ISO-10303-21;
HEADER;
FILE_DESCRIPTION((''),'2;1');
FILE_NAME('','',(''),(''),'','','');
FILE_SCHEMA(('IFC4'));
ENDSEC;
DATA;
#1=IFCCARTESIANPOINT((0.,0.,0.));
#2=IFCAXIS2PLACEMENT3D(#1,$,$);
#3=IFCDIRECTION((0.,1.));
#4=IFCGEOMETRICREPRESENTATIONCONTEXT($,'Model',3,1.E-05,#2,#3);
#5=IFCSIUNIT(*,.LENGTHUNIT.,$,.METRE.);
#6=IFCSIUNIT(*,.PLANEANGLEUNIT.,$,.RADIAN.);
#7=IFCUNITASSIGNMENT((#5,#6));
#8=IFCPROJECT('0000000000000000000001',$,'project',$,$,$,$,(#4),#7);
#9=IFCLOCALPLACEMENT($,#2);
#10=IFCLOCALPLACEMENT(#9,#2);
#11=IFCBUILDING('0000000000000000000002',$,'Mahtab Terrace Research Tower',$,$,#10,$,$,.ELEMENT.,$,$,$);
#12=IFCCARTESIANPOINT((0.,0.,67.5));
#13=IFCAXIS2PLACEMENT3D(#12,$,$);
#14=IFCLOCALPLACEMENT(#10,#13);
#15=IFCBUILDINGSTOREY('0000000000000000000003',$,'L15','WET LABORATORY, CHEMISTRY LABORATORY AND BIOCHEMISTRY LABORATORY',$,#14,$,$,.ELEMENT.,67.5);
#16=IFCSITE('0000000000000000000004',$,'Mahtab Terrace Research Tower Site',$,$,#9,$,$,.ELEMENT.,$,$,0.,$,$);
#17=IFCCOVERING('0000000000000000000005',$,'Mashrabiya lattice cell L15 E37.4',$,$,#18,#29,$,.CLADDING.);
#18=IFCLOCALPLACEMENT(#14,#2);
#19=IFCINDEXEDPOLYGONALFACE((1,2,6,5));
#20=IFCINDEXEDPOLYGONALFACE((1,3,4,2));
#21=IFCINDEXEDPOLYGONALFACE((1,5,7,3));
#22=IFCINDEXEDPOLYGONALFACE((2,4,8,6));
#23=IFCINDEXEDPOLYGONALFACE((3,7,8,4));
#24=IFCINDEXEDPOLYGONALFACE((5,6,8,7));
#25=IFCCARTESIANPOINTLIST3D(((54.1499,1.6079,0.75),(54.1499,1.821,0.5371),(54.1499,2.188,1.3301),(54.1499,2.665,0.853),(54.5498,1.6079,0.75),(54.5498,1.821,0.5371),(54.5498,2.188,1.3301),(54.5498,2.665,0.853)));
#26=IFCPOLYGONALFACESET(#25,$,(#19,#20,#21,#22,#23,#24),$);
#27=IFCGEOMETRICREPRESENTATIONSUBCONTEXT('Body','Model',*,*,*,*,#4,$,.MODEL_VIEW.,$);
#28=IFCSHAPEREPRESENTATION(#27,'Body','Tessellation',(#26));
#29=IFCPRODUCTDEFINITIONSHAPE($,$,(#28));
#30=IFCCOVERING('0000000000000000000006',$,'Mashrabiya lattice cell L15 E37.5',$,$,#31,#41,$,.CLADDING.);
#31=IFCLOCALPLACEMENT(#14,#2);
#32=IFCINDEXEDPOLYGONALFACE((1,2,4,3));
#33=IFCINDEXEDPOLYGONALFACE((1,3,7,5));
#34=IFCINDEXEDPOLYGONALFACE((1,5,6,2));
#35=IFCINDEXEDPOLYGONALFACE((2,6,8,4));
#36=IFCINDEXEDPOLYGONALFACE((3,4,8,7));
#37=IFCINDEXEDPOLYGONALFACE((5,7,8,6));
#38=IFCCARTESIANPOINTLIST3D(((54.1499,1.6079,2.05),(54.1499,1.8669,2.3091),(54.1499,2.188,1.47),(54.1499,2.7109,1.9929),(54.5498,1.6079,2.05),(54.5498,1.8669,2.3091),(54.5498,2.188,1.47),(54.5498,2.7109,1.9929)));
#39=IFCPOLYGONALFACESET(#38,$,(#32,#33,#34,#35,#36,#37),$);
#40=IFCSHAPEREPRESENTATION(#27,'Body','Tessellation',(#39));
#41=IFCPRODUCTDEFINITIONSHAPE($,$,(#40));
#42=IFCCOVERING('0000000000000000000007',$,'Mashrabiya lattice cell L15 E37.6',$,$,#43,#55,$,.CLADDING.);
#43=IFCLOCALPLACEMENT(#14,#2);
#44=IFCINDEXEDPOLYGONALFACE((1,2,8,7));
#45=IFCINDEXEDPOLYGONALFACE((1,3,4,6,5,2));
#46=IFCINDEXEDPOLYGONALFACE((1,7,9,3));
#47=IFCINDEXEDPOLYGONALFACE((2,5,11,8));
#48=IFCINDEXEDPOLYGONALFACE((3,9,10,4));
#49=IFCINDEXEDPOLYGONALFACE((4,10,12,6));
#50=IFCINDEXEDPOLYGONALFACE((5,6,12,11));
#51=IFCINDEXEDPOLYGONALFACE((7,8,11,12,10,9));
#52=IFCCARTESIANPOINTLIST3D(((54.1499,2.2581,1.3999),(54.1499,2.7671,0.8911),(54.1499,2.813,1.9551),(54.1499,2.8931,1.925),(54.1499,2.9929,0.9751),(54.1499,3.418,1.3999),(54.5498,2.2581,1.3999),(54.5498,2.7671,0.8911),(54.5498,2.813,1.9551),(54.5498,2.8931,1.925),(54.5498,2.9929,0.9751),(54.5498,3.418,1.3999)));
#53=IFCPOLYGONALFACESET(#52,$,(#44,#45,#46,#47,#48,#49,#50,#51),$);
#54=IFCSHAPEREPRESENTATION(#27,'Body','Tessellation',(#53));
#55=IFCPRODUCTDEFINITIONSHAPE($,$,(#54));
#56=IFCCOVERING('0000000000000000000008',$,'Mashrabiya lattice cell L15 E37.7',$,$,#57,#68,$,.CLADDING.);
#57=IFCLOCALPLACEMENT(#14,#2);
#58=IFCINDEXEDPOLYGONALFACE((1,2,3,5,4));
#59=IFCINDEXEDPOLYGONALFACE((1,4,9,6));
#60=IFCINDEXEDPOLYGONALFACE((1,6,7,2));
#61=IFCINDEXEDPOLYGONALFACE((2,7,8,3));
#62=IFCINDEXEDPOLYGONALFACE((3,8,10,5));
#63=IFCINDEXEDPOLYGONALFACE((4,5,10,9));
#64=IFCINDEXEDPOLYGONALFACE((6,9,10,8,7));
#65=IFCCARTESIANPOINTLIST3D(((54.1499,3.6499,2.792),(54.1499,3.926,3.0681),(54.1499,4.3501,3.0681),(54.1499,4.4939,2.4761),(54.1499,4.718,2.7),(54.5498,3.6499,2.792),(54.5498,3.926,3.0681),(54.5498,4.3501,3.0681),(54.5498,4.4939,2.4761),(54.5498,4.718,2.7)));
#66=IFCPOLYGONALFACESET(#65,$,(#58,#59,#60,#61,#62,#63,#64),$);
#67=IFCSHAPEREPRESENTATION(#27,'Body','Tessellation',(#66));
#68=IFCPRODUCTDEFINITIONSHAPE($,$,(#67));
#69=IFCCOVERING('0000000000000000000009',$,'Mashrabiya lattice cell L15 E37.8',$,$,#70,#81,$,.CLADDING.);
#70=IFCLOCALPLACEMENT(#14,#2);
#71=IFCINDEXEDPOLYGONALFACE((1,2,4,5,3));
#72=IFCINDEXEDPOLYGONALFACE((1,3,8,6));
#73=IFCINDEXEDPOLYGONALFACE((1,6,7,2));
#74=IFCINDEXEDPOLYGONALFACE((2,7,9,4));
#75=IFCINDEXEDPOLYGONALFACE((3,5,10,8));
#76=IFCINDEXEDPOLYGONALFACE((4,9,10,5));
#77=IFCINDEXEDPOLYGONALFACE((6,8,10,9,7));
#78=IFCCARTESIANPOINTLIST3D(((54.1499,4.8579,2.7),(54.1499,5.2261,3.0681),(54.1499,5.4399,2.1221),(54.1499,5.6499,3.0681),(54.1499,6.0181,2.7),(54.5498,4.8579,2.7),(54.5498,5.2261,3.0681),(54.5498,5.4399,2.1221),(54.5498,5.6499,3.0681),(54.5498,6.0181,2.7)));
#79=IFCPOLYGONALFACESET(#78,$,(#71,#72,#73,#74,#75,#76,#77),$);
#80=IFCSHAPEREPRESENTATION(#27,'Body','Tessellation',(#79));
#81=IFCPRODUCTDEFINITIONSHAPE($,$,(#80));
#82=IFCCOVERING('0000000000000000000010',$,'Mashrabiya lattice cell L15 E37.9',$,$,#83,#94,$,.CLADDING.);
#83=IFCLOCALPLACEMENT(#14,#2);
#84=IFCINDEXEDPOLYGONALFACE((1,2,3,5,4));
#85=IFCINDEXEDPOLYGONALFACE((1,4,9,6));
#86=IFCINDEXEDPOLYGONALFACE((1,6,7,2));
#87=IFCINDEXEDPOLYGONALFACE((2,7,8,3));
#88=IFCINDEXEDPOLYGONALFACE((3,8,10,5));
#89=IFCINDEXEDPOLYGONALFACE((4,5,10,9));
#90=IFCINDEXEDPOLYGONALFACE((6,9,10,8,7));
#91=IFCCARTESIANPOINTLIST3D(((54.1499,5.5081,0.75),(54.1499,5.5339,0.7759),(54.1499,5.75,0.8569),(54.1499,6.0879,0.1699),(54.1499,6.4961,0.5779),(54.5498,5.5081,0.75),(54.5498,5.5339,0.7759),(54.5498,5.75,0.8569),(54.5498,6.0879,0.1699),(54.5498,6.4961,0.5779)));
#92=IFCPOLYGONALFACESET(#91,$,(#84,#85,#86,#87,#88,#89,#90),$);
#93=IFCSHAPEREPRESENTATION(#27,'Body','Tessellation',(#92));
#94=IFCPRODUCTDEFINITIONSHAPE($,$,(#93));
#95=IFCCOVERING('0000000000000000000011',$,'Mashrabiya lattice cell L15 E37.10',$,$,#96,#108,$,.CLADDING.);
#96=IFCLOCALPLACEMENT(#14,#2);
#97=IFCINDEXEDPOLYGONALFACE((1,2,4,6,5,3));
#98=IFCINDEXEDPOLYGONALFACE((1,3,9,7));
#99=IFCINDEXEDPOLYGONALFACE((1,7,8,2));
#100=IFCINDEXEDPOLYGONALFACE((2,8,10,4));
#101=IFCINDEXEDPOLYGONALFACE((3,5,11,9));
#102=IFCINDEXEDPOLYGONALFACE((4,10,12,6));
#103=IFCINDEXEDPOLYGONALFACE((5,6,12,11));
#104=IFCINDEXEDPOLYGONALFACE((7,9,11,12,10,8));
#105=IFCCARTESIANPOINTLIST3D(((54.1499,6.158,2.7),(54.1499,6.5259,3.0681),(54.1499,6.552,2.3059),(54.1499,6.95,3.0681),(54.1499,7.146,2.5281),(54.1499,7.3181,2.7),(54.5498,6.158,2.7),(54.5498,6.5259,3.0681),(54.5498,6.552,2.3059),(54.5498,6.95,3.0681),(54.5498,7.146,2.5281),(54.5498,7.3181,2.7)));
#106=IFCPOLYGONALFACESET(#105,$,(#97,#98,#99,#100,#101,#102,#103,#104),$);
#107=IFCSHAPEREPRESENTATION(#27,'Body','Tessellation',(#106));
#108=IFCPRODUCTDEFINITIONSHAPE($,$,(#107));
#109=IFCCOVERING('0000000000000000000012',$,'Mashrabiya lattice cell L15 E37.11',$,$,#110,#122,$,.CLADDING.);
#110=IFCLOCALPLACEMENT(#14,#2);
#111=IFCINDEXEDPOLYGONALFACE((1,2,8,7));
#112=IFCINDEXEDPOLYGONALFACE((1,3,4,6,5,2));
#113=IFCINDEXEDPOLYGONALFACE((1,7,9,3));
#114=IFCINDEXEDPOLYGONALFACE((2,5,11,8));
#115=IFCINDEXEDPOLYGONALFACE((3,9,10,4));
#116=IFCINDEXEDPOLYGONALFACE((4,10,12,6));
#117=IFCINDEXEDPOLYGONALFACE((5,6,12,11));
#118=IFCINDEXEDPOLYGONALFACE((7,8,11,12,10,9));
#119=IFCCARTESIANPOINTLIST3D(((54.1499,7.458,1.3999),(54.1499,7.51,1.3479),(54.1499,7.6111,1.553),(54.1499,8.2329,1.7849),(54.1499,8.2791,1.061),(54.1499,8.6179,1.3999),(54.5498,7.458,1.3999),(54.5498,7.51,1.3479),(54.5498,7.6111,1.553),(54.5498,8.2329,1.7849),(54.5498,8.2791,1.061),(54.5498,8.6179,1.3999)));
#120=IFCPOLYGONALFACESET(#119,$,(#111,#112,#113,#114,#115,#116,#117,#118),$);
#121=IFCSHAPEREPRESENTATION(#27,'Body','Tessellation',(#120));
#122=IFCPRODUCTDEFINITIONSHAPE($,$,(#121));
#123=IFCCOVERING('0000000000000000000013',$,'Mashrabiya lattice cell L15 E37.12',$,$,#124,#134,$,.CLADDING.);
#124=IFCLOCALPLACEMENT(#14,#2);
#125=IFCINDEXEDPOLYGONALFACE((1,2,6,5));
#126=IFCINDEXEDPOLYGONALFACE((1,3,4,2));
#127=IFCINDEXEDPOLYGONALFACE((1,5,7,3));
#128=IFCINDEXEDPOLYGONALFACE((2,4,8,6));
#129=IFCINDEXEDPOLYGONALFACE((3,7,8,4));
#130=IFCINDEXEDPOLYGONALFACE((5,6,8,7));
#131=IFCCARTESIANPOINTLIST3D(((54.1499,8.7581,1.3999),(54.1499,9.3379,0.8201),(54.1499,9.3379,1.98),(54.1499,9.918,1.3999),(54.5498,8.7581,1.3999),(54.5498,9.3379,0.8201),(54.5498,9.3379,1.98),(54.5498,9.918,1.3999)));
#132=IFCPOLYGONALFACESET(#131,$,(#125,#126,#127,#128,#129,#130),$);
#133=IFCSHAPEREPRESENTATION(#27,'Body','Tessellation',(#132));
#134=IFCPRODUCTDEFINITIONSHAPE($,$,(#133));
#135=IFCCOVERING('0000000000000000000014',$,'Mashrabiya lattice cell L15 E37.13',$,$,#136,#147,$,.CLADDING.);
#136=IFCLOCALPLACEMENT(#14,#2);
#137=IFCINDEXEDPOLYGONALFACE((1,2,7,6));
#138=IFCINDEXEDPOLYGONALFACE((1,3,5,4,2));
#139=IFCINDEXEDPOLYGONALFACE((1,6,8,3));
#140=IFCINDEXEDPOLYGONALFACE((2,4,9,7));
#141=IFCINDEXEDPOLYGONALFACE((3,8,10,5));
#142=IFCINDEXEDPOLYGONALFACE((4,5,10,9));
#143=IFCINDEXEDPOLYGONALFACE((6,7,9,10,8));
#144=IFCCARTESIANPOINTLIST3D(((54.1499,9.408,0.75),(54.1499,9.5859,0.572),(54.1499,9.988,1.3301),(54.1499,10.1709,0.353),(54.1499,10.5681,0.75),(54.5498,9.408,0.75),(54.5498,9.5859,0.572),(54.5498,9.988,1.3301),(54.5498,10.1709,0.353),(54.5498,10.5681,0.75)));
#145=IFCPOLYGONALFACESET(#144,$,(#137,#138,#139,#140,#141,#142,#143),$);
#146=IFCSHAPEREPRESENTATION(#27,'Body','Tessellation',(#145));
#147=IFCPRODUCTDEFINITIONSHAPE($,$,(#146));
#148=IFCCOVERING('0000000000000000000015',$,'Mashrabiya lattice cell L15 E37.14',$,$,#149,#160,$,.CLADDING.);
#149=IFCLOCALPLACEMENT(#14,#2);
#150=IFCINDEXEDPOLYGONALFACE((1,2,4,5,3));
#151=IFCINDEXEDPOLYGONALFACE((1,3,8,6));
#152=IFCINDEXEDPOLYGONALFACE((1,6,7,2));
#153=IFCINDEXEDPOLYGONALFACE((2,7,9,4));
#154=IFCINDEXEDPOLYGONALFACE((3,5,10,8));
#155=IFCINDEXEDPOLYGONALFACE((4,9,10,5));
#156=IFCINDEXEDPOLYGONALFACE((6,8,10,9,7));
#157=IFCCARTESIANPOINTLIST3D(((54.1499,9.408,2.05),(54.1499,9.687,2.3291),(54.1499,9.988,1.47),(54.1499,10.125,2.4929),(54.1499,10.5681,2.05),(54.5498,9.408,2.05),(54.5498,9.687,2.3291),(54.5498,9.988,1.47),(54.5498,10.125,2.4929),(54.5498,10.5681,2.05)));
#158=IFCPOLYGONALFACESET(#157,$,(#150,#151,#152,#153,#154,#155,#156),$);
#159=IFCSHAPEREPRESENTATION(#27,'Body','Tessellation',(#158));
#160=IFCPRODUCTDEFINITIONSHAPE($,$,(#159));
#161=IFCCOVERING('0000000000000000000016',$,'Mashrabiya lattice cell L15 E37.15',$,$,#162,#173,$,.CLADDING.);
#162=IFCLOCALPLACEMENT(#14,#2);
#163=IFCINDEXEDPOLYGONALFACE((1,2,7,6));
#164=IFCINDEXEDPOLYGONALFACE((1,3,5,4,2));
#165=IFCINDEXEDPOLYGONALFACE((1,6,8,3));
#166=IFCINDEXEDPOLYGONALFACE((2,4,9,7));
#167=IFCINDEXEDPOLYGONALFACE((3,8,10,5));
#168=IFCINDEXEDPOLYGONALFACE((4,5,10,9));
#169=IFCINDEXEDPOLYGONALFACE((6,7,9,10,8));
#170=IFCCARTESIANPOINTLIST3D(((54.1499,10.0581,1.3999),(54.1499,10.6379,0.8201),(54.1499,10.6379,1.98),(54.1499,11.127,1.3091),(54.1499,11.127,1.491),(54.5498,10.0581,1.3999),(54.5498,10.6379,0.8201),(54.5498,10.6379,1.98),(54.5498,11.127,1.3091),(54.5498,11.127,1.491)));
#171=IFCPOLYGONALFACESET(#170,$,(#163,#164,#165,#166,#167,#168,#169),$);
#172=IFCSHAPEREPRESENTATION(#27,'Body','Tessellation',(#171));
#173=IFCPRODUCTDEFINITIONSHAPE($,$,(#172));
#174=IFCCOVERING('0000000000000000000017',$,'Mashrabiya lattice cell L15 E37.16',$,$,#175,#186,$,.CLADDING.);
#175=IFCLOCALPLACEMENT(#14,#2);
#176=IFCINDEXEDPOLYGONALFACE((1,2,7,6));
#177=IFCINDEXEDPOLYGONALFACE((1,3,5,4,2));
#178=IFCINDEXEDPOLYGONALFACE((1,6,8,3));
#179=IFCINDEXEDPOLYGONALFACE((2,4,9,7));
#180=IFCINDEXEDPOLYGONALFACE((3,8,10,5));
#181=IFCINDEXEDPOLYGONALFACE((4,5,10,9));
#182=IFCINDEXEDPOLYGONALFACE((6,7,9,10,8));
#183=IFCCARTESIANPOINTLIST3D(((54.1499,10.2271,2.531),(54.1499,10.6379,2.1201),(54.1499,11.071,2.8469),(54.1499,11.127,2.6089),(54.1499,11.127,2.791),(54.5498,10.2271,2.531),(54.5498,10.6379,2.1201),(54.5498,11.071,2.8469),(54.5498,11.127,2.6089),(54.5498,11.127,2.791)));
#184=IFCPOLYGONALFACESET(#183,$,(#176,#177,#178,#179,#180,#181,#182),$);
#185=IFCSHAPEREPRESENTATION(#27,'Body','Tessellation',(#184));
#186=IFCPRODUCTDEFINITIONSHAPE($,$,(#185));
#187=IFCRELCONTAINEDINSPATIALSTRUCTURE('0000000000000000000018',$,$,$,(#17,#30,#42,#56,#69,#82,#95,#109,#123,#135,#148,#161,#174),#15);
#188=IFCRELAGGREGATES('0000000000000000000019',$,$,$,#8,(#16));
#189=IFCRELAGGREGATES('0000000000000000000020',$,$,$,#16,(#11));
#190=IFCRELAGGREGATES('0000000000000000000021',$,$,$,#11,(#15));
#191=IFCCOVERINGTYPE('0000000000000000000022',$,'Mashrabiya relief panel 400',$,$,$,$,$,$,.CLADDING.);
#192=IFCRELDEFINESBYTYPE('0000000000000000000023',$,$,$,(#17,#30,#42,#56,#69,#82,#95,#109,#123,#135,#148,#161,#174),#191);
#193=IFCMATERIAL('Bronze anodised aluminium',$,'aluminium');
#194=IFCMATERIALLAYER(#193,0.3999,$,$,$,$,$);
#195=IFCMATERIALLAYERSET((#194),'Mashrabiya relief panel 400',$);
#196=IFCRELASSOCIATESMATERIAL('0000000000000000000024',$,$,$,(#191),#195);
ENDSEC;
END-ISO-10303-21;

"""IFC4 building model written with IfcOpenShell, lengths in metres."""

from ifc_helpers import new_model, si_unit, direction, frame, origin, place, context, subcontext, project, spatial, polyline, outline, extrude, material, layer, layer_set, type_object, element, save


model = new_model("IFC4")

# Units and contexts
model_context = context("Model", 3, precision=1e-05, world=origin(), true_north=direction((0.0, 1.0)))
body_context = subcontext(model_context, "Body", "Model", "MODEL_VIEW")
ifc_project = project(units=[si_unit("LENGTHUNIT", "METRE"), si_unit("PLANEANGLEUNIT", "RADIAN")], contexts=[model_context])

# Site, building, storey
site_placement = place(None, origin())
site = spatial("IfcSite", under=ifc_project, at=site_placement, Name="Mahtab Terrace Research Tower Site", CompositionType="ELEMENT", RefElevation=0.0)
building_placement = place(site_placement, origin())
building = spatial("IfcBuilding", under=site, at=building_placement, Name="Mahtab Terrace Research Tower", CompositionType="ELEMENT")
storey_placement = place(building_placement, frame((0.0, 0.0, 67.5)))
storey = spatial("IfcBuildingStorey", under=building, at=storey_placement, Name="L15", Description="WET LABORATORY, CHEMISTRY LABORATORY AND BIOCHEMISTRY LABORATORY", CompositionType="ELEMENT", Elevation=67.5)

# Coverings
ifc_material_1 = material(Name="Bronze anodised aluminium", Category="aluminium")
ifc_layer_1 = layer(ifc_material_1, 0.3999)
ifc_layer_set_1 = layer_set([ifc_layer_1], Name="Mashrabiya relief panel 400")
covering_type = type_object("IfcCoveringType", Name="Mashrabiya relief panel 400", PredefinedType="CLADDING", material=ifc_layer_set_1)
covering_1_placement = place(storey_placement, frame((54.1499, 1.6079, 0.75), z_axis=(-1.0, 0.0, 0.0), x_axis=(0.0, 0.707107, 0.707107)))
element("IfcCovering", 1, at=covering_1_placement, inside=storey, type_object=covering_type, Name="Mashrabiya lattice cell L15 E37.4", PredefinedType="CLADDING", context=body_context, shape_type="SweptSolid", body=[
    extrude(outline(polyline([(0.0, 0.0), (0.8204, 0.0), (0.8204, 0.6747), (0.0002, 0.3012), (0.0, 0.0)])), origin(), (0.0, 0.0, -1.0), 0.3999),
])
covering_2_placement = place(storey_placement, frame((54.1499, 2.188, 1.47), z_axis=(-1.0, 0.0, 0.0), x_axis=(0.0, -0.707107, 0.707107)))
element("IfcCovering", 2, at=covering_2_placement, inside=storey, type_object=covering_type, Name="Mashrabiya lattice cell L15 E37.5", PredefinedType="CLADDING", context=body_context, shape_type="SweptSolid", body=[
    extrude(outline(polyline([(0.0, 0.0), (0.8204, 0.0), (0.8204, 0.3663), (0.0, 0.7396), (0.0, 0.0)])), origin(), (0.0, 0.0, -1.0), 0.3999),
])
covering_3_placement = place(storey_placement, frame((54.1499, 2.2581, 1.3999), z_axis=(-1.0, 0.0, 0.0), x_axis=(0.0, 0.706951, 0.707262)))
element("IfcCovering", 3, at=covering_3_placement, inside=storey, type_object=covering_type, Name="Mashrabiya lattice cell L15 E37.6", PredefinedType="CLADDING", context=body_context, shape_type="SweptSolid", body=[
    extrude(outline(polyline([(0.0, 0.0), (0.785, 0.0), (0.8203, 0.0779), (0.82, 0.8204), (0.2191, 0.8201), (0.0, 0.7197), (0.0, 0.0)])), origin(), (0.0, 0.0, -1.0), 0.3999),
])
covering_4_placement = place(storey_placement, frame((54.1499, 4.718, 2.7), z_axis=(-1.0, 0.0, 0.0), x_axis=(0.0, -0.707492, -0.706721)))
element("IfcCovering", 4, at=covering_4_placement, inside=storey, type_object=covering_type, Name="Mashrabiya lattice cell L15 E37.7", PredefinedType="CLADDING", context=body_context, shape_type="SweptSolid", body=[
    extrude(outline(polyline([(0.0, 0.0), (0.3168, 0.0), (0.6906, 0.82), (0.3001, 0.8202), (0.0001, 0.5205), (0.0, 0.0)])), origin(), (0.0, 0.0, -1.0), 0.3999),
])
covering_5_placement = place(storey_placement, frame((54.1499, 4.8579, 2.7), z_axis=(-1.0, 0.0, 0.0), x_axis=(0.0, 0.707107, 0.707107)))
element("IfcCovering", 5, at=covering_5_placement, inside=storey, type_object=covering_type, Name="Mashrabiya lattice cell L15 E37.8", PredefinedType="CLADDING", context=body_context, shape_type="SweptSolid", body=[
    extrude(outline(polyline([(0.0, 0.0), (0.5207, 0.0), (0.8204, 0.2997), (0.8204, 0.8204), (0.0029, 0.8202), (0.0, 0.0)])), origin(), (0.0, 0.0, -1.0), 0.3999),
])
covering_6_placement = place(storey_placement, frame((54.1499, 6.0879, 0.1699), z_axis=(-1.0, 0.0, 0.0), x_axis=(0.0, -0.706958, 0.707256)))
element("IfcCovering", 6, at=covering_6_placement, inside=storey, type_object=covering_type, Name="Mashrabiya lattice cell L15 E37.9", PredefinedType="CLADDING", context=body_context, shape_type="SweptSolid", body=[
    extrude(outline(polyline([(0.0, 0.0), (0.8202, 0.0), (0.8202, 0.0366), (0.7248, 0.2467), (-0.0001, 0.5771), (0.0, 0.0)])), origin(), (0.0, 0.0, -1.0), 0.3999),
])
covering_7_placement = place(storey_placement, frame((54.1499, 6.158, 2.7), z_axis=(-1.0, 0.0, 0.0), x_axis=(0.0, 0.706872, 0.707341)))
element("IfcCovering", 7, at=covering_7_placement, inside=storey, type_object=covering_type, Name="Mashrabiya lattice cell L15 E37.10", PredefinedType="CLADDING", context=body_context, shape_type="SweptSolid", body=[
    extrude(outline(polyline([(0.0, 0.0), (0.5205, 0.0), (0.8203, 0.3), (0.8201, 0.8206), (0.5768, 0.8204), (-0.0002, 0.5573), (0.0, 0.0)])), origin(), (0.0, 0.0, -1.0), 0.3999),
])
covering_8_placement = place(storey_placement, frame((54.1499, 7.458, 1.3999), z_axis=(-1.0, 0.0, 0.0), x_axis=(0.0, 0.707107, 0.707107)))
element("IfcCovering", 8, at=covering_8_placement, inside=storey, type_object=covering_type, Name="Mashrabiya lattice cell L15 E37.11", PredefinedType="CLADDING", context=body_context, shape_type="SweptSolid", body=[
    extrude(outline(polyline([(0.0, 0.0), (0.2165, 0.0), (0.8202, 0.2757), (0.8202, 0.8202), (0.341, 0.8202), (0.0, 0.0735), (0.0, 0.0)])), origin(), (0.0, 0.0, -1.0), 0.3999),
])
covering_9_placement = place(storey_placement, frame((54.1499, 9.3379, 1.98), z_axis=(-1.0, 0.0, 0.0), x_axis=(0.0, 0.707107, -0.707107)))
element("IfcCovering", 9, at=covering_9_placement, inside=storey, type_object=covering_type, Name="Mashrabiya lattice cell L15 E37.12", PredefinedType="CLADDING", context=body_context, shape_type="SweptSolid", body=[
    extrude(outline(polyline([(0.0, 0.0), (0.8204, 0.0), (0.8202, 0.8202), (0.0002, 0.8202), (0.0, 0.0)])), origin(), (0.0, 0.0, -1.0), 0.3999),
])
covering_10_placement = place(storey_placement, frame((54.1499, 9.408, 0.75), z_axis=(-1.0, 0.0, 0.0), x_axis=(0.0, 0.707107, 0.707107)))
element("IfcCovering", 10, at=covering_10_placement, inside=storey, type_object=covering_type, Name="Mashrabiya lattice cell L15 E37.13", PredefinedType="CLADDING", context=body_context, shape_type="SweptSolid", body=[
    extrude(outline(polyline([(0.0, 0.0), (0.8204, 0.0), (0.8204, 0.8204), (0.2588, 0.8202), (0.0, 0.2517), (0.0, 0.0)])), origin(), (0.0, 0.0, -1.0), 0.3999),
])
covering_11_placement = place(storey_placement, frame((54.1499, 10.5681, 2.05), z_axis=(-1.0, 0.0, 0.0), x_axis=(0.0, -0.707107, -0.707107)))
element("IfcCovering", 11, at=covering_11_placement, inside=storey, type_object=covering_type, Name="Mashrabiya lattice cell L15 E37.14", PredefinedType="CLADDING", context=body_context, shape_type="SweptSolid", body=[
    extrude(outline(polyline([(0.0, 0.0), (0.8204, 0.0), (0.8204, 0.8204), (0.4257, 0.8204), (0.0002, 0.6265), (0.0, 0.0)])), origin(), (0.0, 0.0, -1.0), 0.3999),
])
covering_12_placement = place(storey_placement, frame((54.1499, 10.6379, 0.8201), z_axis=(-1.0, 0.0, 0.0), x_axis=(0.0, -0.707107, 0.707107)))
element("IfcCovering", 12, at=covering_12_placement, inside=storey, type_object=covering_type, Name="Mashrabiya lattice cell L15 E37.15", PredefinedType="CLADDING", context=body_context, shape_type="SweptSolid", body=[
    extrude(outline(polyline([(0.0, 0.0), (0.82, 0.0), (0.8202, 0.8202), (0.1286, 0.8202), (0.0, 0.6916), (0.0, 0.0)])), origin(), (0.0, 0.0, -1.0), 0.3999),
])
covering_13_placement = place(storey_placement, frame((54.1499, 10.6379, 2.1201), z_axis=(-1.0, 0.0, 0.0), x_axis=(0.0, -0.707107, 0.707107)))
element("IfcCovering", 13, at=covering_13_placement, inside=storey, type_object=covering_type, Name="Mashrabiya lattice cell L15 E37.16", PredefinedType="CLADDING", context=body_context, shape_type="SweptSolid", body=[
    extrude(outline(polyline([(0.0, 0.0), (0.5811, 0.0), (0.2077, 0.8202), (0.1286, 0.8202), (-0.0002, 0.6914), (0.0, 0.0)])), origin(), (0.0, 0.0, -1.0), 0.3999),
])

save(model, "model.ifc")
